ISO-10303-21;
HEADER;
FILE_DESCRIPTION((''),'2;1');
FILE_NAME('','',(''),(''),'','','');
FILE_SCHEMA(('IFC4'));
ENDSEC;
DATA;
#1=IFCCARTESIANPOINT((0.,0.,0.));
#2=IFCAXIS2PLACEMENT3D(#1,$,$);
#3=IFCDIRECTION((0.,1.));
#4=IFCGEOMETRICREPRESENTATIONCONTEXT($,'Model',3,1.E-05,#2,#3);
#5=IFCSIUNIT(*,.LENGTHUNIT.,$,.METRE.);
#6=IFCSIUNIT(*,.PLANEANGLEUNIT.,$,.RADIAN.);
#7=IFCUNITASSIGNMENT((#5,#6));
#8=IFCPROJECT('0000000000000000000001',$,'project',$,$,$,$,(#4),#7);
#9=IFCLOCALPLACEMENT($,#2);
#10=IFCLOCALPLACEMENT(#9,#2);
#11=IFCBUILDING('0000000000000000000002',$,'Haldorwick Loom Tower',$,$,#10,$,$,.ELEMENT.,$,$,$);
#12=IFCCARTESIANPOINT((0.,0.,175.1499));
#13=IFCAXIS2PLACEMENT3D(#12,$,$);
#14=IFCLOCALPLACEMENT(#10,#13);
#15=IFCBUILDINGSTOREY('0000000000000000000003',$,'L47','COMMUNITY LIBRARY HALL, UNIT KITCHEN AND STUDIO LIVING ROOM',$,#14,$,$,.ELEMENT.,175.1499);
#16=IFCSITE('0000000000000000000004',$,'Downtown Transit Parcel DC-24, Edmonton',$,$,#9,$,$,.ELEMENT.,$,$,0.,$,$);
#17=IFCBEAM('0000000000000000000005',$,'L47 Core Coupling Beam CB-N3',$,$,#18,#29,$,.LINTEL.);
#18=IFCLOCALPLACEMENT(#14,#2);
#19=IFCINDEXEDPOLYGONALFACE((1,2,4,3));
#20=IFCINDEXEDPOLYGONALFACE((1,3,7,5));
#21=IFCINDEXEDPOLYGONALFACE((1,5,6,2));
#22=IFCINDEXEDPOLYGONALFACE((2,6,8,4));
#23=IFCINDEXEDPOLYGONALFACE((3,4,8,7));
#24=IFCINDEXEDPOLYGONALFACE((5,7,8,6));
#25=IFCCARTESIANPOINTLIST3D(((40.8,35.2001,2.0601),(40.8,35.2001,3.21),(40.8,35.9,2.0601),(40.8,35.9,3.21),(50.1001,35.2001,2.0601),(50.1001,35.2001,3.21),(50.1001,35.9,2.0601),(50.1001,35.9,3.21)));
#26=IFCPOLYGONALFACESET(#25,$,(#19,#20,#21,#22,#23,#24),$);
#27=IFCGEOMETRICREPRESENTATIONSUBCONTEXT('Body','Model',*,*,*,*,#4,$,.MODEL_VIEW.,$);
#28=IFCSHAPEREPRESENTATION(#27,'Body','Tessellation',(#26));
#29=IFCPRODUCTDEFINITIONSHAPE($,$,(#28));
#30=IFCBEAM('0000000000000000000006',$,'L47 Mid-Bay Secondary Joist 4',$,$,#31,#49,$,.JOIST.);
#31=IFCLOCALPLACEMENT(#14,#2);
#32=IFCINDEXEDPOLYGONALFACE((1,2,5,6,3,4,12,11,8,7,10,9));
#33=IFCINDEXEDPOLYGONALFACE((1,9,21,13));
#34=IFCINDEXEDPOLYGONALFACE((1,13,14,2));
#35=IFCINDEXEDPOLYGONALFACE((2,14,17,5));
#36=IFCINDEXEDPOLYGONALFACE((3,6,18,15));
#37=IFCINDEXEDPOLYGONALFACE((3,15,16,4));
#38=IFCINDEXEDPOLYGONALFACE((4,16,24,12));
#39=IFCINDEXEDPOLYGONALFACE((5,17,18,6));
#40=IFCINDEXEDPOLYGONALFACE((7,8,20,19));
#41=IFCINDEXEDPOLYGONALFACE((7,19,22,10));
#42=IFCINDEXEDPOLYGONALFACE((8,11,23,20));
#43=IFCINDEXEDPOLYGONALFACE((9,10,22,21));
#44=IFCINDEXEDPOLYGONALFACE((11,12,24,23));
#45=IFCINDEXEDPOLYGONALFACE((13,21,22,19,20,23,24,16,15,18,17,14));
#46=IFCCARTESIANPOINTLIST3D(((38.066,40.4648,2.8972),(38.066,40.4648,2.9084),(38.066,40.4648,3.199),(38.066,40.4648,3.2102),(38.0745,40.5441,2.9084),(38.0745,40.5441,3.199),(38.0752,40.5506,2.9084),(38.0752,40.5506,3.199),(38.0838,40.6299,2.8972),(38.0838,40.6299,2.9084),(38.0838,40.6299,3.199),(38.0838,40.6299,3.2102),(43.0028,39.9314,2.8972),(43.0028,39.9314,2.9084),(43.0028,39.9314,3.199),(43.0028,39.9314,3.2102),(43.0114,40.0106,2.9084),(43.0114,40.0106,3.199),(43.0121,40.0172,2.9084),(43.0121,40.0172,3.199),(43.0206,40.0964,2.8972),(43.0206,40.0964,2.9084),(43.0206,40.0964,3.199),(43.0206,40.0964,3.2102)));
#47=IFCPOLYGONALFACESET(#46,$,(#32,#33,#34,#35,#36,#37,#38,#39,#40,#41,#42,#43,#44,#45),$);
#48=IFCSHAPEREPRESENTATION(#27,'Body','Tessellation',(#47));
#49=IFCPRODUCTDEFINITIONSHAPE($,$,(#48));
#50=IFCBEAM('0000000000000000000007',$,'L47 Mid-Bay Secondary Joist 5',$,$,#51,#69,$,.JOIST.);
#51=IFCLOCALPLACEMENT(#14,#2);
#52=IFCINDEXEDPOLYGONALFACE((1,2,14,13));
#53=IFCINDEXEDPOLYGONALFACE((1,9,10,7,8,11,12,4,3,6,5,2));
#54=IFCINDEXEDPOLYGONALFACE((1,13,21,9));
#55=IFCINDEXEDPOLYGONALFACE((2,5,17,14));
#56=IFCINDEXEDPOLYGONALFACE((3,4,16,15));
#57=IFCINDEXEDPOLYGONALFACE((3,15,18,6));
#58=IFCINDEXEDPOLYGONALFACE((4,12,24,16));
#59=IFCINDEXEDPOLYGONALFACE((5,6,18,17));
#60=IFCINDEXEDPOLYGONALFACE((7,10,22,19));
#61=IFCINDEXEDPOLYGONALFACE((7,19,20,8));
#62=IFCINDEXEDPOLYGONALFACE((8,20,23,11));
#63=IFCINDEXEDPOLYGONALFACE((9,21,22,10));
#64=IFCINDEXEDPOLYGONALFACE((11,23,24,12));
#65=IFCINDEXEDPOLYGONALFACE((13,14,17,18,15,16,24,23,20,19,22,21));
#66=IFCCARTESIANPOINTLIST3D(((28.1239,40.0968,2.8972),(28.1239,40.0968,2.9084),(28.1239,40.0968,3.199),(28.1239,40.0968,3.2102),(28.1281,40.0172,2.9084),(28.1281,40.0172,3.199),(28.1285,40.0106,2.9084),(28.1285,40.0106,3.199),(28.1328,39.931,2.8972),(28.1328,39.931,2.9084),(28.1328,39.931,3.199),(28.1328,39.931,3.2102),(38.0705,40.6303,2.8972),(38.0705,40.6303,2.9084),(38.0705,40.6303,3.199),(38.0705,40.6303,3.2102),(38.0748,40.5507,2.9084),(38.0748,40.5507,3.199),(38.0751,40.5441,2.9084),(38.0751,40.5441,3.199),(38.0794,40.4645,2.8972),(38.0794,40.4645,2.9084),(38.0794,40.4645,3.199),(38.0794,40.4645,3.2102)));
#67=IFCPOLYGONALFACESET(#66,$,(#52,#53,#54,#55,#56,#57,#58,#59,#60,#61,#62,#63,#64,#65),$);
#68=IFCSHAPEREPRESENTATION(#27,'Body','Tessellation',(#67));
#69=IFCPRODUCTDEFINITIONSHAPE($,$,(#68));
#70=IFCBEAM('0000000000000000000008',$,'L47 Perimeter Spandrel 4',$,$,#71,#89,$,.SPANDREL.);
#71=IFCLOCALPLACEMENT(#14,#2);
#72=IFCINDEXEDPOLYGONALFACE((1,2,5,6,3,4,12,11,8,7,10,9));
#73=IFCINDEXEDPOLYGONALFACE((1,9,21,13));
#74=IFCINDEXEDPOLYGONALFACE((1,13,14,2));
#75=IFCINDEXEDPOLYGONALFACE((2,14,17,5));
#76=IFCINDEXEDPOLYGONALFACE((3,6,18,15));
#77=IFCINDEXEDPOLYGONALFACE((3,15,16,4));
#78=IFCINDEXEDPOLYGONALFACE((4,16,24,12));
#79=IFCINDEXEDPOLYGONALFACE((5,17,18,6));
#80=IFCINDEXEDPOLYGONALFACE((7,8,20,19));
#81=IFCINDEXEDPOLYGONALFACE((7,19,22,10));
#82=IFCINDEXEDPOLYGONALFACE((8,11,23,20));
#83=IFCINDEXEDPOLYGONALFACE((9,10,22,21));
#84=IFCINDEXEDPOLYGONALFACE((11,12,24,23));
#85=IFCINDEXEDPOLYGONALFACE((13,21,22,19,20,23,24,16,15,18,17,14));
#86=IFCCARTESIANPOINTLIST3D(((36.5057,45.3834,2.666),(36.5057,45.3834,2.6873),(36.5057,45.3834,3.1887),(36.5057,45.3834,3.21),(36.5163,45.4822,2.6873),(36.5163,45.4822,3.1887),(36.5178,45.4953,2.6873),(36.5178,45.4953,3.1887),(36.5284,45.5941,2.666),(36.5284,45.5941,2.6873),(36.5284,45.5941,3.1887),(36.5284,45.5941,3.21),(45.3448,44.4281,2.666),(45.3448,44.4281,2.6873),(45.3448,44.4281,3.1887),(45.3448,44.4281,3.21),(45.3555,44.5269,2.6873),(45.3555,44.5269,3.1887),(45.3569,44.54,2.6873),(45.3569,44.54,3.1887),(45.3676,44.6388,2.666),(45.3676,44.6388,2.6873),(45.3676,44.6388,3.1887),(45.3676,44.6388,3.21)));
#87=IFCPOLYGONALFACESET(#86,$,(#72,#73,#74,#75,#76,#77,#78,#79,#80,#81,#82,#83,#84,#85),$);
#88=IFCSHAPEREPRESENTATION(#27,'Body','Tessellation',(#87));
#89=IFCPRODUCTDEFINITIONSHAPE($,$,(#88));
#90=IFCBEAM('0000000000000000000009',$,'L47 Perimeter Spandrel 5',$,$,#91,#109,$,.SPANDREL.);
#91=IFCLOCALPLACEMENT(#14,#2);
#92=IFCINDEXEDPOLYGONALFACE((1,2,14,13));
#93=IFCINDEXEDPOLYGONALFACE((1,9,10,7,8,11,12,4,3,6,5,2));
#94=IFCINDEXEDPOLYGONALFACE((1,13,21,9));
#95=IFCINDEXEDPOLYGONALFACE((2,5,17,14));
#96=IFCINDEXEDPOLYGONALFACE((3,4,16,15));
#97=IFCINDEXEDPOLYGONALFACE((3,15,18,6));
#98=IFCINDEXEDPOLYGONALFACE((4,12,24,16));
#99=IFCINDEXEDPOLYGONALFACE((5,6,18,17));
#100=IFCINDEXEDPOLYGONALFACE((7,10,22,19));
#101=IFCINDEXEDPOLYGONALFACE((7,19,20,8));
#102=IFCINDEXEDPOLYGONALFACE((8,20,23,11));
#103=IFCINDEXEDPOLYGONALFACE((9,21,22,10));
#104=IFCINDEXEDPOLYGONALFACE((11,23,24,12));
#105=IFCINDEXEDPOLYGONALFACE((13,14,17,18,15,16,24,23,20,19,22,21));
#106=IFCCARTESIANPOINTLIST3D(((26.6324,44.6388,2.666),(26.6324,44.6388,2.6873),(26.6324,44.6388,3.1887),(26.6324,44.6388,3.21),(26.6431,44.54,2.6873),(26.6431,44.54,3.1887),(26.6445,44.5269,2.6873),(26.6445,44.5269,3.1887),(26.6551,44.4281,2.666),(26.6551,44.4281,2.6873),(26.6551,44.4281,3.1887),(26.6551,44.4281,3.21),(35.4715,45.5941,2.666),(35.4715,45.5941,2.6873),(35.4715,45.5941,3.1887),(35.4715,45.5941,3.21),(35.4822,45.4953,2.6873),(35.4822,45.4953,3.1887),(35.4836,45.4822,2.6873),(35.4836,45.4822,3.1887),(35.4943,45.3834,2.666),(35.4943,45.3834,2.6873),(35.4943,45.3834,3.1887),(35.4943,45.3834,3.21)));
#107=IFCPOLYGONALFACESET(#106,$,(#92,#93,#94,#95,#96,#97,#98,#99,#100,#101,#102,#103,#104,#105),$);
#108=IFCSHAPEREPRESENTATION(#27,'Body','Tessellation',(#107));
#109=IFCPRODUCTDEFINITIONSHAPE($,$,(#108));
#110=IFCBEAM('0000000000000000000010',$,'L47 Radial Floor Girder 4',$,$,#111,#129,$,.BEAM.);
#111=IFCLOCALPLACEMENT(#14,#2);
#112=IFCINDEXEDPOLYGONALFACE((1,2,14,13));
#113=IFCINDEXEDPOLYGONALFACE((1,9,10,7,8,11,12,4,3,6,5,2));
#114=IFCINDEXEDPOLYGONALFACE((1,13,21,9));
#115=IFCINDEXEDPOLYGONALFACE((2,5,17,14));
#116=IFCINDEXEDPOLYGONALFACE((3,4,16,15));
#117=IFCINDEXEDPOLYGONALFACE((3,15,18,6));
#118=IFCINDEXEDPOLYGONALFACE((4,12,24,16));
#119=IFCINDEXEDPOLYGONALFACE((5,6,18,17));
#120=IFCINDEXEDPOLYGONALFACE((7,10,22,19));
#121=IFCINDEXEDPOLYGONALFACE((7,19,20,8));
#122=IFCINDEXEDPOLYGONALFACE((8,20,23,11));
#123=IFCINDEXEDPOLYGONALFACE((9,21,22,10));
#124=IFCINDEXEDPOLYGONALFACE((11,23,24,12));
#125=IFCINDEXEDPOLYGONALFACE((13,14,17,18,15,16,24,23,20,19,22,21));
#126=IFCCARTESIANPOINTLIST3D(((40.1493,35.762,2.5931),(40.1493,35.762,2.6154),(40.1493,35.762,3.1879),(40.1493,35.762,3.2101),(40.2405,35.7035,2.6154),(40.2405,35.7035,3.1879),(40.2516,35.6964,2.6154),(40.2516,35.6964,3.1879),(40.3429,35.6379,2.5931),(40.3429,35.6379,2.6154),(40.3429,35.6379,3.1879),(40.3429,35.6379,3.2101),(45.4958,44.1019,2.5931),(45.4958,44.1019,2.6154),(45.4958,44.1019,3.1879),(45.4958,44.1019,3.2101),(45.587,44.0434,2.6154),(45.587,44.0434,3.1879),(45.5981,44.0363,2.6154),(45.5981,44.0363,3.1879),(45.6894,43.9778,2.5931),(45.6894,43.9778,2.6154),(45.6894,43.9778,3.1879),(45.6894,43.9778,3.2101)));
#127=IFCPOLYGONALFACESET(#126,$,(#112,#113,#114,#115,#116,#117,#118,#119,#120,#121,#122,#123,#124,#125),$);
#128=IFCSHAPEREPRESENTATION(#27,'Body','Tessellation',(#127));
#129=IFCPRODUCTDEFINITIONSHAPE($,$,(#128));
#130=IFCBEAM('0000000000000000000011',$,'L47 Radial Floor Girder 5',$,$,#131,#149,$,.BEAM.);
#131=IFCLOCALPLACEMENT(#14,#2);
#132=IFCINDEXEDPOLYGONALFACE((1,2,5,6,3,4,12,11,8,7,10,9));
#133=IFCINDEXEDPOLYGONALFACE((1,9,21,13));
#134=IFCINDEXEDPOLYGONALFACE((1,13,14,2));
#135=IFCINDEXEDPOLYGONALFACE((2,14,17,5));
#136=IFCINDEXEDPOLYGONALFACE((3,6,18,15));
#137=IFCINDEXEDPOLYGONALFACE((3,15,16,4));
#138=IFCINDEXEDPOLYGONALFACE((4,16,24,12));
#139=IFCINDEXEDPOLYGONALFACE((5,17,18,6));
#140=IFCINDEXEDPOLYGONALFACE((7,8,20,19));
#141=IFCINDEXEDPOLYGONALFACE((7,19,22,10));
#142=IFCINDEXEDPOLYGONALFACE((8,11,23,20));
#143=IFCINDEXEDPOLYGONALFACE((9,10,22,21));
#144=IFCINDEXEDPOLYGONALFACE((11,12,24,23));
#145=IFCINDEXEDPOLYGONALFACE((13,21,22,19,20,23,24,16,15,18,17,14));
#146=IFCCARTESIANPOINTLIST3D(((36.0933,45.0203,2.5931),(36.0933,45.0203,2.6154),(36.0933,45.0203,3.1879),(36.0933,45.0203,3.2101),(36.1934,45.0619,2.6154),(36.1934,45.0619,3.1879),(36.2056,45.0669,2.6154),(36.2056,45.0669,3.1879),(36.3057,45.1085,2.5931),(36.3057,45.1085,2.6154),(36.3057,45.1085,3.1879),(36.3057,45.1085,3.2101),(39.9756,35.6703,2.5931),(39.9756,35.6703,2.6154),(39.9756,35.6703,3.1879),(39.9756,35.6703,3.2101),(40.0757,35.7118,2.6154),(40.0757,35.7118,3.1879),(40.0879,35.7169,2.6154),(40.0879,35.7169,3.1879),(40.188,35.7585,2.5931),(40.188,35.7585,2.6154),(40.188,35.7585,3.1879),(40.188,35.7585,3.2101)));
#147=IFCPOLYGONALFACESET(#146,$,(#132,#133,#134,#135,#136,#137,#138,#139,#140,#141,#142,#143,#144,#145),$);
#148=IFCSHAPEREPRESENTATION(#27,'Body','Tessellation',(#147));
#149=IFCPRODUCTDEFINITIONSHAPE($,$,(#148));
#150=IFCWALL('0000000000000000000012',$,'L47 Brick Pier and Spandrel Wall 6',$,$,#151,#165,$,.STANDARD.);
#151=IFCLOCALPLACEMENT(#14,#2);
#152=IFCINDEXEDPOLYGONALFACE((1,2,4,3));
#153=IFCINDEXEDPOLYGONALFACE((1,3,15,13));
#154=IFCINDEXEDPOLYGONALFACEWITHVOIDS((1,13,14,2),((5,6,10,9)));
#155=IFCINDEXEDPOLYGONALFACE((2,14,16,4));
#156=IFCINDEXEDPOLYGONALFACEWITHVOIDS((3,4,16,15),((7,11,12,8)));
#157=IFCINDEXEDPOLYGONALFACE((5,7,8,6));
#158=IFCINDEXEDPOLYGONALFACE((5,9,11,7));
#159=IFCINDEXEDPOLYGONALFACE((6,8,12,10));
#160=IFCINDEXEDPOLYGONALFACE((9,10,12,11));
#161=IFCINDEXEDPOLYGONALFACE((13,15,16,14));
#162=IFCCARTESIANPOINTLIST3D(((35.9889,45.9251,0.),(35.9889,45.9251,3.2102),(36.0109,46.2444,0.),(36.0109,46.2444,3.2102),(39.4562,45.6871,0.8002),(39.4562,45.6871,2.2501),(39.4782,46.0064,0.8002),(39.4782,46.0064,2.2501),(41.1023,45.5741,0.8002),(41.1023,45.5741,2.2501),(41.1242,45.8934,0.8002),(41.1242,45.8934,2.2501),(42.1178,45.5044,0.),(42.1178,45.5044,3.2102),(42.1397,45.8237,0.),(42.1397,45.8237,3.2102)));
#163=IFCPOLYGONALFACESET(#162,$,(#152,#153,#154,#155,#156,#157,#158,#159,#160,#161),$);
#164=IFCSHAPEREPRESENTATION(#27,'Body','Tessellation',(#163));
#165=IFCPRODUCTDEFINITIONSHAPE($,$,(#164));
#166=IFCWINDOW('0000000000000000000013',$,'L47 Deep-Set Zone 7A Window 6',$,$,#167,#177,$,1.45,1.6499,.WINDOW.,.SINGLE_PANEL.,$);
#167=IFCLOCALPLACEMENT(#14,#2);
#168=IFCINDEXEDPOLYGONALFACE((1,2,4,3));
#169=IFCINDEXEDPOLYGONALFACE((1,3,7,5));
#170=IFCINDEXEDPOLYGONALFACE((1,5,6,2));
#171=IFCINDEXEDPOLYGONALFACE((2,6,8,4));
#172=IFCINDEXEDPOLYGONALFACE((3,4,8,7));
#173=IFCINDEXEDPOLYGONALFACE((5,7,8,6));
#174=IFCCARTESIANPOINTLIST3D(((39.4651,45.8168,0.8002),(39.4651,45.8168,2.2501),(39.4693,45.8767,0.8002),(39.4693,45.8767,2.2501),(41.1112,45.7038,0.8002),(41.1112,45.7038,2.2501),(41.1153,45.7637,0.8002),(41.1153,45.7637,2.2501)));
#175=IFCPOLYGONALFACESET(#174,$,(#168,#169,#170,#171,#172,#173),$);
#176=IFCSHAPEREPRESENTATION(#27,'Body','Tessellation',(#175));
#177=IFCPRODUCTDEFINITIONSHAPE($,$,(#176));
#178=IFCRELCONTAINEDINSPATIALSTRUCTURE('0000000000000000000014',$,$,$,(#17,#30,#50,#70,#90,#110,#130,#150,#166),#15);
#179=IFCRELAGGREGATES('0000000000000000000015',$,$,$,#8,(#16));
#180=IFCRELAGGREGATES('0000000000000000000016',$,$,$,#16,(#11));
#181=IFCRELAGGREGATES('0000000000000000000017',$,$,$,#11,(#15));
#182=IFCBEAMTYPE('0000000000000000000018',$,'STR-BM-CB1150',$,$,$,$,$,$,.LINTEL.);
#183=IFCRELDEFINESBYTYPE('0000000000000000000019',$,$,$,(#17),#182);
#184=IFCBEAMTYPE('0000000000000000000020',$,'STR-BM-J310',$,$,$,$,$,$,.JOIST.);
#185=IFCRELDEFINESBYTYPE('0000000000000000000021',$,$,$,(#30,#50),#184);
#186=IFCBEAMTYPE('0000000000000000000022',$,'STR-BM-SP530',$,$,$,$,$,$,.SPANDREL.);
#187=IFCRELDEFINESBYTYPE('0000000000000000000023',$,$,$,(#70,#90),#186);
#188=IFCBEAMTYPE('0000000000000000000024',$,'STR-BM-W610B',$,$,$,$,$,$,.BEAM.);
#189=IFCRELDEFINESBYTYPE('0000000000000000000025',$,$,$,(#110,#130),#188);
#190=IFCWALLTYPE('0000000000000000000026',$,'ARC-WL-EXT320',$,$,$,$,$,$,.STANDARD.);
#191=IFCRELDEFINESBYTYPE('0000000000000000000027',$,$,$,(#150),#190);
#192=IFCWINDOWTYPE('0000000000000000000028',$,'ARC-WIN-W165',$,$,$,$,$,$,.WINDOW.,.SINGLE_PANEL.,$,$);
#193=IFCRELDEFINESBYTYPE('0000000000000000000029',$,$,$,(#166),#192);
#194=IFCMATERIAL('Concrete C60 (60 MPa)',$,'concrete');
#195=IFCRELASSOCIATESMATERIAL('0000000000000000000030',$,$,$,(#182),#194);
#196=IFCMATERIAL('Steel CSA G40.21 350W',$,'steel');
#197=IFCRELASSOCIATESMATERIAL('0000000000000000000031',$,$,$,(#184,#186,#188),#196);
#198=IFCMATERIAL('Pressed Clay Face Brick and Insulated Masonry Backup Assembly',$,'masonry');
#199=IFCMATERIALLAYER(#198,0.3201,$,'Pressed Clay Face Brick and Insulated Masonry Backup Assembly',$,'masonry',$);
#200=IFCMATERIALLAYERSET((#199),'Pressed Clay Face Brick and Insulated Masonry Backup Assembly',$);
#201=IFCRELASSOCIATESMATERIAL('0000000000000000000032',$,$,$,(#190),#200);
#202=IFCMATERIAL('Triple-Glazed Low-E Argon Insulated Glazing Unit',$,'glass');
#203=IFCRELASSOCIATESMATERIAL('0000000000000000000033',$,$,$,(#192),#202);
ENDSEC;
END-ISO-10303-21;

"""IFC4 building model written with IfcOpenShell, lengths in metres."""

from ifc_helpers import new_model, si_unit, direction, frame, frame_2d, origin, origin_2d, place, context, subcontext, project, spatial, rectangle, i_section, extrude, material, layer, layer_set, material_profile, profile_set, type_object, element, fill, save


model = new_model("IFC4")

# Units and contexts
model_context = context("Model", 3, precision=1e-05, world=origin(), true_north=direction((0.0, 1.0)))
body_context = subcontext(model_context, "Body", "Model", "MODEL_VIEW")
ifc_project = project(units=[si_unit("LENGTHUNIT", "METRE"), si_unit("PLANEANGLEUNIT", "RADIAN")], contexts=[model_context])

# Site, building, storey
site_placement = place(None, origin())
site = spatial("IfcSite", under=ifc_project, at=site_placement, Name="Downtown Transit Parcel DC-24, Edmonton", CompositionType="ELEMENT", RefElevation=0.0)
building_placement = place(site_placement, origin())
building = spatial("IfcBuilding", under=site, at=building_placement, Name="Haldorwick Loom Tower", CompositionType="ELEMENT")
storey_placement = place(building_placement, frame((0.0, 0.0, 175.1499)))
storey = spatial("IfcBuildingStorey", under=building, at=storey_placement, Name="L47", Description="COMMUNITY LIBRARY HALL, UNIT KITCHEN AND STUDIO LIVING ROOM", CompositionType="ELEMENT", Elevation=175.1499)

# Shared definitions
ifc_material_1 = material(Name="Concrete C60 (60 MPa)", Category="concrete")
ifc_material_2 = material(Name="Steel CSA G40.21 350W", Category="steel")

# Beams
ifc_material_profile_1 = material_profile(ifc_material_1, rectangle(XDim=0.7, YDim=1.1499, at=origin_2d()), Name="RC700X1150", Category="concrete")
ifc_profile_set_1 = profile_set([ifc_material_profile_1], Name="Concrete C60 (60 MPa)")
beam_type_1 = type_object("IfcBeamType", Name="STR-BM-CB1150", PredefinedType="LINTEL", material=ifc_profile_set_1)
beam_1_placement = place(storey_placement, frame((40.8, 35.55, 2.635), z_axis=(1.0, 0.0, 0.0), x_axis=(0.0, 1.0, 0.0)))
element("IfcBeam", 1, at=beam_1_placement, inside=storey, type_object=beam_type_1, Name="L47 Core Coupling Beam CB-N3", PredefinedType="LINTEL", context=body_context, shape_type="SweptSolid", body=[
    extrude(rectangle(XDim=0.7, YDim=1.1499, at=origin_2d()), origin(), (0.0, 0.0, 1.0), 9.3),
])
ifc_material_profile_2 = material_profile(ifc_material_2, i_section(OverallWidth=0.166, OverallDepth=0.313, WebThickness=0.0066, FlangeThickness=0.0112, at=origin_2d()), Name="W310X45", Category="steel")
ifc_profile_set_2 = profile_set([ifc_material_profile_2], Name="Steel CSA G40.21 350W")
beam_type_2 = type_object("IfcBeamType", Name="STR-BM-J310", PredefinedType="JOIST", material=ifc_profile_set_2)
beam_2_placement = place(storey_placement, frame((43.0117, 40.0139, 3.0537), z_axis=(-0.994213, 0.107431, 0.0), x_axis=(-0.107431, -0.994213, 0.0)))
element("IfcBeam", 2, at=beam_2_placement, inside=storey, type_object=beam_type_2, Name="L47 Mid-Bay Secondary Joist 4", PredefinedType="JOIST", context=body_context, shape_type="SweptSolid", body=[
    extrude(i_section(OverallWidth=0.166, OverallDepth=0.313, WebThickness=0.0066, FlangeThickness=0.0112, at=origin_2d()), origin(), (0.0, 0.0, 1.0), 4.9656),
])
beam_3_placement = place(storey_placement, frame((38.075, 40.5474, 3.0537), z_axis=(-0.998565, -0.053555, 0.0), x_axis=(0.053555, -0.998565, 0.0)))
element("IfcBeam", 3, at=beam_3_placement, inside=storey, type_object=beam_type_2, Name="L47 Mid-Bay Secondary Joist 5", PredefinedType="JOIST", context=body_context, shape_type="SweptSolid", body=[
    extrude(i_section(OverallWidth=0.166, OverallDepth=0.313, WebThickness=0.0066, FlangeThickness=0.0112, at=origin_2d()), origin(), (0.0, 0.0, 1.0), 9.9609),
])
ifc_material_profile_3 = material_profile(ifc_material_2, i_section(OverallWidth=0.2119, OverallDepth=0.5439, WebThickness=0.0132, FlangeThickness=0.0212, at=origin_2d()), Name="W530X123", Category="steel")
ifc_profile_set_3 = profile_set([ifc_material_profile_3], Name="Steel CSA G40.21 350W")
beam_type_3 = type_object("IfcBeamType", Name="STR-BM-SP530", PredefinedType="SPANDREL", material=ifc_profile_set_3)
for number, where, z_axis, x_axis, name in (
    (4, (45.3562, 44.5334, 2.938), (-0.99421, 0.107453, 0.0), (-0.107453, -0.99421, 0.0), "L47 Perimeter Spandrel 4"),
    (5, (35.4829, 45.4888, 2.938), (-0.99421, -0.107453, 0.0), (0.107453, -0.99421, 0.0), "L47 Perimeter Spandrel 5"),
):
    element("IfcBeam", number, at=place(storey_placement, frame(where, z_axis=z_axis, x_axis=x_axis)), inside=storey, type_object=beam_type_3, Name=name, PredefinedType="SPANDREL", context=body_context, shape_type="SweptSolid", body=[
        extrude(i_section(OverallWidth=0.2119, OverallDepth=0.5439, WebThickness=0.0132, FlangeThickness=0.0212, at=origin_2d()), origin(), (0.0, 0.0, 1.0), 8.8906),
    ])
ifc_material_profile_4 = material_profile(ifc_material_2, i_section(OverallWidth=0.23, OverallDepth=0.6169, WebThickness=0.0132, FlangeThickness=0.0222, at=origin_2d()), Name="W610X140", Category="steel")
ifc_profile_set_4 = profile_set([ifc_material_profile_4], Name="Steel CSA G40.21 350W")
beam_type_4 = type_object("IfcBeamType", Name="STR-BM-W610B", PredefinedType="BEAM", material=ifc_profile_set_4)
beam_4_placement = place(storey_placement, frame((40.2461, 35.7, 2.9016), z_axis=(0.539693, 0.841862, 0.0), x_axis=(-0.841862, 0.539693, 0.0)))
element("IfcBeam", 6, at=beam_4_placement, inside=storey, type_object=beam_type_4, Name="L47 Radial Floor Girder 4", PredefinedType="BEAM", context=body_context, shape_type="SweptSolid", body=[
    extrude(i_section(OverallWidth=0.23, OverallDepth=0.6169, WebThickness=0.0132, FlangeThickness=0.0222, at=origin_2d()), origin(), (0.0, 0.0, 1.0), 9.9065),
])
beam_5_placement = place(storey_placement, frame((40.0818, 35.7144, 2.9016), z_axis=(-0.383475, 0.923551, 0.0), x_axis=(-0.923551, -0.383475, 0.0)))
element("IfcBeam", 7, at=beam_5_placement, inside=storey, type_object=beam_type_4, Name="L47 Radial Floor Girder 5", PredefinedType="BEAM", context=body_context, shape_type="SweptSolid", body=[
    extrude(i_section(OverallWidth=0.23, OverallDepth=0.6169, WebThickness=0.0132, FlangeThickness=0.0222, at=origin_2d()), origin(), (0.0, 0.0, 1.0), 10.124),
])

# Wall, opening, window
ifc_material_3 = material(Name="Pressed Clay Face Brick and Insulated Masonry Backup Assembly", Category="masonry")
ifc_layer_1 = layer(ifc_material_3, 0.3201, Name="Pressed Clay Face Brick and Insulated Masonry Backup Assembly", Category="masonry")
ifc_layer_set_1 = layer_set([ifc_layer_1], Name="Pressed Clay Face Brick and Insulated Masonry Backup Assembly")
wall_type_1 = type_object("IfcWallType", Name="ARC-WL-EXT320", PredefinedType="STANDARD", material=ifc_layer_set_1)
wall_1_placement = place(storey_placement, frame((42.1289, 45.6641, 0.0), z_axis=(0.0, 0.0, 1.0), x_axis=(-0.997653, 0.068473, 0.0)))
wall_1 = element("IfcWall", 8, at=wall_1_placement, inside=storey, type_object=wall_type_1, Name="L47 Brick Pier and Spandrel Wall 6", PredefinedType="STANDARD", context=body_context, shape_type="SweptSolid", body=[
    extrude(rectangle(XDim=6.1433, YDim=0.3201, at=frame_2d((3.0718, 0.0))), origin(), (0.0, 0.0, 1.0), 3.2102),
])
opening_1_placement = place(wall_1_placement, frame((1.0181, 0.0, 0.8)))
opening_1 = element("IfcOpeningElement", 9, at=opening_1_placement, cuts=wall_1, PredefinedType="OPENING", context=body_context, shape_type="SweptSolid", body=[
    extrude(rectangle(XDim=1.6499, YDim=1.45, at=frame_2d((0.825, 0.7251))), frame((0.0, 0.1699, 0.0), z_axis=(0.0, -1.0, 0.0), x_axis=(1.0, 0.0, 0.0)), (0.0, 0.0, 1.0), 0.3401),
])
ifc_material_4 = material(Name="Triple-Glazed Low-E Argon Insulated Glazing Unit", Category="glass")
window_type = type_object("IfcWindowType", Name="ARC-WIN-W165", PartitioningType="SINGLE_PANEL", PredefinedType="WINDOW", material=ifc_material_4)
window_1_placement = place(opening_1_placement, origin())
window_1 = element("IfcWindow", 10, at=window_1_placement, inside=storey, type_object=window_type, Name="L47 Deep-Set Zone 7A Window 6", OverallHeight=1.45, OverallWidth=1.6499, PartitioningType="SINGLE_PANEL", PredefinedType="WINDOW", context=body_context, shape_type="SweptSolid", body=[
    extrude(rectangle(XDim=1.6499, YDim=1.45, at=frame_2d((0.825, 0.7251))), frame((0.0, 0.03, 0.0), z_axis=(0.0, -1.0, 0.0), x_axis=(1.0, 0.0, 0.0)), (0.0, 0.0, 1.0), 0.0601),
])
fill(opening_1, window_1)

save(model, "model.ifc")
